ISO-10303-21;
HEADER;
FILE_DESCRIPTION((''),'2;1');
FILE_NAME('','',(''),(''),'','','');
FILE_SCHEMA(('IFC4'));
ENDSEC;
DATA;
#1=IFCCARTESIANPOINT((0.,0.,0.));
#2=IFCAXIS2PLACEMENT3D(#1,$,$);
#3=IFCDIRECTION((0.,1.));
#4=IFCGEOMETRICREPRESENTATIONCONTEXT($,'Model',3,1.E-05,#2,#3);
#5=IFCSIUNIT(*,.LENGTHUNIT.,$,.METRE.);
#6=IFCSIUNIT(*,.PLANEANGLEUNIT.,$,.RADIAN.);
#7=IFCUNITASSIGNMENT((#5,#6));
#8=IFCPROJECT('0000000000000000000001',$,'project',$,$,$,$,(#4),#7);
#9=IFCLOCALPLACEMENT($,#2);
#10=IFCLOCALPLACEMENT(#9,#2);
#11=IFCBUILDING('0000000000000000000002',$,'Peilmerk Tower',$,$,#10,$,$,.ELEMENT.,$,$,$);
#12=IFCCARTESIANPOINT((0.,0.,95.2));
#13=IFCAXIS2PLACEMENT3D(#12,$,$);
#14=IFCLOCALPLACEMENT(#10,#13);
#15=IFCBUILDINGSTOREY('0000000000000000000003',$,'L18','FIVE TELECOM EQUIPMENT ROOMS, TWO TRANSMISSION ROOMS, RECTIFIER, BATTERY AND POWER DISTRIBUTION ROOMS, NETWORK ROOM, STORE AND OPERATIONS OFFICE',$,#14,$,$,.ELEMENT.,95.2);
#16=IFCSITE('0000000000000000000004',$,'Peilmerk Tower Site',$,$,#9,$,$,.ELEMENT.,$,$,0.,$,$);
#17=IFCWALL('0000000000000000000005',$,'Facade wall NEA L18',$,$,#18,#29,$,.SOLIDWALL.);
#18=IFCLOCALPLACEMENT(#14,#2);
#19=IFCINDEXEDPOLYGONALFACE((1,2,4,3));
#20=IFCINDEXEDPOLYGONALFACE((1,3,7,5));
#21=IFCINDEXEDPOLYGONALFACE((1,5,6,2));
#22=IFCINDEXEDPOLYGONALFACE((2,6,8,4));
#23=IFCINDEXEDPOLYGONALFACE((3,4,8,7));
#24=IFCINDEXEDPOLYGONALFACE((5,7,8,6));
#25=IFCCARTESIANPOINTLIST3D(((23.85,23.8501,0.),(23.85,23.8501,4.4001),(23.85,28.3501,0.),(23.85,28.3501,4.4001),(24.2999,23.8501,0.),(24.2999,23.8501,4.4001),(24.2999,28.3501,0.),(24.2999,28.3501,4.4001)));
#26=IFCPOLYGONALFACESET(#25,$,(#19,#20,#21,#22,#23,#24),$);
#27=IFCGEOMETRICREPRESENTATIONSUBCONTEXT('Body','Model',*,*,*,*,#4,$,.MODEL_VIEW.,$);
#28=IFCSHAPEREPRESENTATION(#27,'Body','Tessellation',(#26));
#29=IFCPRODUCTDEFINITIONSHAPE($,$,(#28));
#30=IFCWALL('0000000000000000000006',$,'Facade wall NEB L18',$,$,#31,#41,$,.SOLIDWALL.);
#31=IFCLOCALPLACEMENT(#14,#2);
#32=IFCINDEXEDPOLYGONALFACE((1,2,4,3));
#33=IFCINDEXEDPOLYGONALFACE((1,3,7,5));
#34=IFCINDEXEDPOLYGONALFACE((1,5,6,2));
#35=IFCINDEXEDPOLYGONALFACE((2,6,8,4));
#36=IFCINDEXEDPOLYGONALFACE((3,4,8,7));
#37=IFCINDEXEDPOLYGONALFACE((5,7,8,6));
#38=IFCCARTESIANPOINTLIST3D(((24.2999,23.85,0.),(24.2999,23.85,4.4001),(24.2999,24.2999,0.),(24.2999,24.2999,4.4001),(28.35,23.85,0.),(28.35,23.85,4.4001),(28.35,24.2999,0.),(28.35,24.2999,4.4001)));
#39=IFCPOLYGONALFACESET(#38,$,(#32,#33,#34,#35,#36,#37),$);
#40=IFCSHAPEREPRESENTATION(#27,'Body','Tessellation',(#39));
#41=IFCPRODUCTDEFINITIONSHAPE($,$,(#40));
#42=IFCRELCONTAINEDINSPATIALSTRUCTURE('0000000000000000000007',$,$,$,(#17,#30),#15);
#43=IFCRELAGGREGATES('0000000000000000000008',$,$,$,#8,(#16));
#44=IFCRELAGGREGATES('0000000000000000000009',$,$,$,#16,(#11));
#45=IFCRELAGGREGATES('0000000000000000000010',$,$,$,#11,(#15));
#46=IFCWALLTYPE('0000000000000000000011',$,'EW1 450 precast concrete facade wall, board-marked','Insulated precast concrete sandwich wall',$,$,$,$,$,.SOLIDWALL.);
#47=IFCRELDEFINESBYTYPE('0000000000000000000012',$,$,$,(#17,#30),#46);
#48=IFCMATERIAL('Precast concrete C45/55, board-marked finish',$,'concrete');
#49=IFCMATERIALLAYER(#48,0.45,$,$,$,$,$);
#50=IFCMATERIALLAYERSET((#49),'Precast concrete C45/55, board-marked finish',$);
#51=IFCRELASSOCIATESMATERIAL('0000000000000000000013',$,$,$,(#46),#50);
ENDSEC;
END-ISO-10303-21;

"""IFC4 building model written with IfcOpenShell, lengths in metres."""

from ifc_helpers import new_model, si_unit, direction, frame, frame_2d, origin, place, context, subcontext, project, spatial, rectangle, extrude, material, layer, layer_set, type_object, element, save


model = new_model("IFC4")

# Units and contexts
model_context = context("Model", 3, precision=1e-05, world=origin(), true_north=direction((0.0, 1.0)))
body_context = subcontext(model_context, "Body", "Model", "MODEL_VIEW")
ifc_project = project(units=[si_unit("LENGTHUNIT", "METRE"), si_unit("PLANEANGLEUNIT", "RADIAN")], contexts=[model_context])

# Site, building, storey
site_placement = place(None, origin())
site = spatial("IfcSite", under=ifc_project, at=site_placement, Name="Peilmerk Tower Site", CompositionType="ELEMENT", RefElevation=0.0)
building_placement = place(site_placement, origin())
building = spatial("IfcBuilding", under=site, at=building_placement, Name="Peilmerk Tower", CompositionType="ELEMENT")
storey_placement = place(building_placement, frame((0.0, 0.0, 95.2)))
storey = spatial("IfcBuildingStorey", under=building, at=storey_placement, Name="L18", Description="FIVE TELECOM EQUIPMENT ROOMS, TWO TRANSMISSION ROOMS, RECTIFIER, BATTERY AND POWER DISTRIBUTION ROOMS, NETWORK ROOM, STORE AND OPERATIONS OFFICE", CompositionType="ELEMENT", Elevation=95.2)

# Shared definitions
ifc_material_1 = material(Name="Precast concrete C45/55, board-marked finish", Category="concrete")
ifc_layer = layer(ifc_material_1, 0.45)
ifc_layer_set = layer_set([ifc_layer], Name="Precast concrete C45/55, board-marked finish")
wall_type = type_object("IfcWallType", Name="EW1 450 precast concrete facade wall, board-marked", Description="Insulated precast concrete sandwich wall", PredefinedType="SOLIDWALL", material=ifc_layer_set)

# Walls
wall_1_placement = place(storey_placement, frame((24.075, 23.8501, 0.0), z_axis=(0.0, 0.0, 1.0), x_axis=(0.0, 1.0, 0.0)))
element("IfcWall", 1, at=wall_1_placement, inside=storey, type_object=wall_type, Name="Facade wall NEA L18", PredefinedType="SOLIDWALL", context=body_context, shape_type="SweptSolid", body=[
    extrude(rectangle(XDim=4.5, YDim=0.45, at=frame_2d((2.25, 0.0))), origin(), (0.0, 0.0, 1.0), 4.4001),
])
wall_2_placement = place(storey_placement, frame((24.3, 24.075, 0.0), z_axis=(0.0, 0.0, 1.0), x_axis=(1.0, 0.0, 0.0)))
element("IfcWall", 2, at=wall_2_placement, inside=storey, type_object=wall_type, Name="Facade wall NEB L18", PredefinedType="SOLIDWALL", context=body_context, shape_type="SweptSolid", body=[
    extrude(rectangle(XDim=4.05, YDim=0.45, at=frame_2d((2.0249, 0.0))), origin(), (0.0, 0.0, 1.0), 4.4001),
])

save(model, "model.ifc")
